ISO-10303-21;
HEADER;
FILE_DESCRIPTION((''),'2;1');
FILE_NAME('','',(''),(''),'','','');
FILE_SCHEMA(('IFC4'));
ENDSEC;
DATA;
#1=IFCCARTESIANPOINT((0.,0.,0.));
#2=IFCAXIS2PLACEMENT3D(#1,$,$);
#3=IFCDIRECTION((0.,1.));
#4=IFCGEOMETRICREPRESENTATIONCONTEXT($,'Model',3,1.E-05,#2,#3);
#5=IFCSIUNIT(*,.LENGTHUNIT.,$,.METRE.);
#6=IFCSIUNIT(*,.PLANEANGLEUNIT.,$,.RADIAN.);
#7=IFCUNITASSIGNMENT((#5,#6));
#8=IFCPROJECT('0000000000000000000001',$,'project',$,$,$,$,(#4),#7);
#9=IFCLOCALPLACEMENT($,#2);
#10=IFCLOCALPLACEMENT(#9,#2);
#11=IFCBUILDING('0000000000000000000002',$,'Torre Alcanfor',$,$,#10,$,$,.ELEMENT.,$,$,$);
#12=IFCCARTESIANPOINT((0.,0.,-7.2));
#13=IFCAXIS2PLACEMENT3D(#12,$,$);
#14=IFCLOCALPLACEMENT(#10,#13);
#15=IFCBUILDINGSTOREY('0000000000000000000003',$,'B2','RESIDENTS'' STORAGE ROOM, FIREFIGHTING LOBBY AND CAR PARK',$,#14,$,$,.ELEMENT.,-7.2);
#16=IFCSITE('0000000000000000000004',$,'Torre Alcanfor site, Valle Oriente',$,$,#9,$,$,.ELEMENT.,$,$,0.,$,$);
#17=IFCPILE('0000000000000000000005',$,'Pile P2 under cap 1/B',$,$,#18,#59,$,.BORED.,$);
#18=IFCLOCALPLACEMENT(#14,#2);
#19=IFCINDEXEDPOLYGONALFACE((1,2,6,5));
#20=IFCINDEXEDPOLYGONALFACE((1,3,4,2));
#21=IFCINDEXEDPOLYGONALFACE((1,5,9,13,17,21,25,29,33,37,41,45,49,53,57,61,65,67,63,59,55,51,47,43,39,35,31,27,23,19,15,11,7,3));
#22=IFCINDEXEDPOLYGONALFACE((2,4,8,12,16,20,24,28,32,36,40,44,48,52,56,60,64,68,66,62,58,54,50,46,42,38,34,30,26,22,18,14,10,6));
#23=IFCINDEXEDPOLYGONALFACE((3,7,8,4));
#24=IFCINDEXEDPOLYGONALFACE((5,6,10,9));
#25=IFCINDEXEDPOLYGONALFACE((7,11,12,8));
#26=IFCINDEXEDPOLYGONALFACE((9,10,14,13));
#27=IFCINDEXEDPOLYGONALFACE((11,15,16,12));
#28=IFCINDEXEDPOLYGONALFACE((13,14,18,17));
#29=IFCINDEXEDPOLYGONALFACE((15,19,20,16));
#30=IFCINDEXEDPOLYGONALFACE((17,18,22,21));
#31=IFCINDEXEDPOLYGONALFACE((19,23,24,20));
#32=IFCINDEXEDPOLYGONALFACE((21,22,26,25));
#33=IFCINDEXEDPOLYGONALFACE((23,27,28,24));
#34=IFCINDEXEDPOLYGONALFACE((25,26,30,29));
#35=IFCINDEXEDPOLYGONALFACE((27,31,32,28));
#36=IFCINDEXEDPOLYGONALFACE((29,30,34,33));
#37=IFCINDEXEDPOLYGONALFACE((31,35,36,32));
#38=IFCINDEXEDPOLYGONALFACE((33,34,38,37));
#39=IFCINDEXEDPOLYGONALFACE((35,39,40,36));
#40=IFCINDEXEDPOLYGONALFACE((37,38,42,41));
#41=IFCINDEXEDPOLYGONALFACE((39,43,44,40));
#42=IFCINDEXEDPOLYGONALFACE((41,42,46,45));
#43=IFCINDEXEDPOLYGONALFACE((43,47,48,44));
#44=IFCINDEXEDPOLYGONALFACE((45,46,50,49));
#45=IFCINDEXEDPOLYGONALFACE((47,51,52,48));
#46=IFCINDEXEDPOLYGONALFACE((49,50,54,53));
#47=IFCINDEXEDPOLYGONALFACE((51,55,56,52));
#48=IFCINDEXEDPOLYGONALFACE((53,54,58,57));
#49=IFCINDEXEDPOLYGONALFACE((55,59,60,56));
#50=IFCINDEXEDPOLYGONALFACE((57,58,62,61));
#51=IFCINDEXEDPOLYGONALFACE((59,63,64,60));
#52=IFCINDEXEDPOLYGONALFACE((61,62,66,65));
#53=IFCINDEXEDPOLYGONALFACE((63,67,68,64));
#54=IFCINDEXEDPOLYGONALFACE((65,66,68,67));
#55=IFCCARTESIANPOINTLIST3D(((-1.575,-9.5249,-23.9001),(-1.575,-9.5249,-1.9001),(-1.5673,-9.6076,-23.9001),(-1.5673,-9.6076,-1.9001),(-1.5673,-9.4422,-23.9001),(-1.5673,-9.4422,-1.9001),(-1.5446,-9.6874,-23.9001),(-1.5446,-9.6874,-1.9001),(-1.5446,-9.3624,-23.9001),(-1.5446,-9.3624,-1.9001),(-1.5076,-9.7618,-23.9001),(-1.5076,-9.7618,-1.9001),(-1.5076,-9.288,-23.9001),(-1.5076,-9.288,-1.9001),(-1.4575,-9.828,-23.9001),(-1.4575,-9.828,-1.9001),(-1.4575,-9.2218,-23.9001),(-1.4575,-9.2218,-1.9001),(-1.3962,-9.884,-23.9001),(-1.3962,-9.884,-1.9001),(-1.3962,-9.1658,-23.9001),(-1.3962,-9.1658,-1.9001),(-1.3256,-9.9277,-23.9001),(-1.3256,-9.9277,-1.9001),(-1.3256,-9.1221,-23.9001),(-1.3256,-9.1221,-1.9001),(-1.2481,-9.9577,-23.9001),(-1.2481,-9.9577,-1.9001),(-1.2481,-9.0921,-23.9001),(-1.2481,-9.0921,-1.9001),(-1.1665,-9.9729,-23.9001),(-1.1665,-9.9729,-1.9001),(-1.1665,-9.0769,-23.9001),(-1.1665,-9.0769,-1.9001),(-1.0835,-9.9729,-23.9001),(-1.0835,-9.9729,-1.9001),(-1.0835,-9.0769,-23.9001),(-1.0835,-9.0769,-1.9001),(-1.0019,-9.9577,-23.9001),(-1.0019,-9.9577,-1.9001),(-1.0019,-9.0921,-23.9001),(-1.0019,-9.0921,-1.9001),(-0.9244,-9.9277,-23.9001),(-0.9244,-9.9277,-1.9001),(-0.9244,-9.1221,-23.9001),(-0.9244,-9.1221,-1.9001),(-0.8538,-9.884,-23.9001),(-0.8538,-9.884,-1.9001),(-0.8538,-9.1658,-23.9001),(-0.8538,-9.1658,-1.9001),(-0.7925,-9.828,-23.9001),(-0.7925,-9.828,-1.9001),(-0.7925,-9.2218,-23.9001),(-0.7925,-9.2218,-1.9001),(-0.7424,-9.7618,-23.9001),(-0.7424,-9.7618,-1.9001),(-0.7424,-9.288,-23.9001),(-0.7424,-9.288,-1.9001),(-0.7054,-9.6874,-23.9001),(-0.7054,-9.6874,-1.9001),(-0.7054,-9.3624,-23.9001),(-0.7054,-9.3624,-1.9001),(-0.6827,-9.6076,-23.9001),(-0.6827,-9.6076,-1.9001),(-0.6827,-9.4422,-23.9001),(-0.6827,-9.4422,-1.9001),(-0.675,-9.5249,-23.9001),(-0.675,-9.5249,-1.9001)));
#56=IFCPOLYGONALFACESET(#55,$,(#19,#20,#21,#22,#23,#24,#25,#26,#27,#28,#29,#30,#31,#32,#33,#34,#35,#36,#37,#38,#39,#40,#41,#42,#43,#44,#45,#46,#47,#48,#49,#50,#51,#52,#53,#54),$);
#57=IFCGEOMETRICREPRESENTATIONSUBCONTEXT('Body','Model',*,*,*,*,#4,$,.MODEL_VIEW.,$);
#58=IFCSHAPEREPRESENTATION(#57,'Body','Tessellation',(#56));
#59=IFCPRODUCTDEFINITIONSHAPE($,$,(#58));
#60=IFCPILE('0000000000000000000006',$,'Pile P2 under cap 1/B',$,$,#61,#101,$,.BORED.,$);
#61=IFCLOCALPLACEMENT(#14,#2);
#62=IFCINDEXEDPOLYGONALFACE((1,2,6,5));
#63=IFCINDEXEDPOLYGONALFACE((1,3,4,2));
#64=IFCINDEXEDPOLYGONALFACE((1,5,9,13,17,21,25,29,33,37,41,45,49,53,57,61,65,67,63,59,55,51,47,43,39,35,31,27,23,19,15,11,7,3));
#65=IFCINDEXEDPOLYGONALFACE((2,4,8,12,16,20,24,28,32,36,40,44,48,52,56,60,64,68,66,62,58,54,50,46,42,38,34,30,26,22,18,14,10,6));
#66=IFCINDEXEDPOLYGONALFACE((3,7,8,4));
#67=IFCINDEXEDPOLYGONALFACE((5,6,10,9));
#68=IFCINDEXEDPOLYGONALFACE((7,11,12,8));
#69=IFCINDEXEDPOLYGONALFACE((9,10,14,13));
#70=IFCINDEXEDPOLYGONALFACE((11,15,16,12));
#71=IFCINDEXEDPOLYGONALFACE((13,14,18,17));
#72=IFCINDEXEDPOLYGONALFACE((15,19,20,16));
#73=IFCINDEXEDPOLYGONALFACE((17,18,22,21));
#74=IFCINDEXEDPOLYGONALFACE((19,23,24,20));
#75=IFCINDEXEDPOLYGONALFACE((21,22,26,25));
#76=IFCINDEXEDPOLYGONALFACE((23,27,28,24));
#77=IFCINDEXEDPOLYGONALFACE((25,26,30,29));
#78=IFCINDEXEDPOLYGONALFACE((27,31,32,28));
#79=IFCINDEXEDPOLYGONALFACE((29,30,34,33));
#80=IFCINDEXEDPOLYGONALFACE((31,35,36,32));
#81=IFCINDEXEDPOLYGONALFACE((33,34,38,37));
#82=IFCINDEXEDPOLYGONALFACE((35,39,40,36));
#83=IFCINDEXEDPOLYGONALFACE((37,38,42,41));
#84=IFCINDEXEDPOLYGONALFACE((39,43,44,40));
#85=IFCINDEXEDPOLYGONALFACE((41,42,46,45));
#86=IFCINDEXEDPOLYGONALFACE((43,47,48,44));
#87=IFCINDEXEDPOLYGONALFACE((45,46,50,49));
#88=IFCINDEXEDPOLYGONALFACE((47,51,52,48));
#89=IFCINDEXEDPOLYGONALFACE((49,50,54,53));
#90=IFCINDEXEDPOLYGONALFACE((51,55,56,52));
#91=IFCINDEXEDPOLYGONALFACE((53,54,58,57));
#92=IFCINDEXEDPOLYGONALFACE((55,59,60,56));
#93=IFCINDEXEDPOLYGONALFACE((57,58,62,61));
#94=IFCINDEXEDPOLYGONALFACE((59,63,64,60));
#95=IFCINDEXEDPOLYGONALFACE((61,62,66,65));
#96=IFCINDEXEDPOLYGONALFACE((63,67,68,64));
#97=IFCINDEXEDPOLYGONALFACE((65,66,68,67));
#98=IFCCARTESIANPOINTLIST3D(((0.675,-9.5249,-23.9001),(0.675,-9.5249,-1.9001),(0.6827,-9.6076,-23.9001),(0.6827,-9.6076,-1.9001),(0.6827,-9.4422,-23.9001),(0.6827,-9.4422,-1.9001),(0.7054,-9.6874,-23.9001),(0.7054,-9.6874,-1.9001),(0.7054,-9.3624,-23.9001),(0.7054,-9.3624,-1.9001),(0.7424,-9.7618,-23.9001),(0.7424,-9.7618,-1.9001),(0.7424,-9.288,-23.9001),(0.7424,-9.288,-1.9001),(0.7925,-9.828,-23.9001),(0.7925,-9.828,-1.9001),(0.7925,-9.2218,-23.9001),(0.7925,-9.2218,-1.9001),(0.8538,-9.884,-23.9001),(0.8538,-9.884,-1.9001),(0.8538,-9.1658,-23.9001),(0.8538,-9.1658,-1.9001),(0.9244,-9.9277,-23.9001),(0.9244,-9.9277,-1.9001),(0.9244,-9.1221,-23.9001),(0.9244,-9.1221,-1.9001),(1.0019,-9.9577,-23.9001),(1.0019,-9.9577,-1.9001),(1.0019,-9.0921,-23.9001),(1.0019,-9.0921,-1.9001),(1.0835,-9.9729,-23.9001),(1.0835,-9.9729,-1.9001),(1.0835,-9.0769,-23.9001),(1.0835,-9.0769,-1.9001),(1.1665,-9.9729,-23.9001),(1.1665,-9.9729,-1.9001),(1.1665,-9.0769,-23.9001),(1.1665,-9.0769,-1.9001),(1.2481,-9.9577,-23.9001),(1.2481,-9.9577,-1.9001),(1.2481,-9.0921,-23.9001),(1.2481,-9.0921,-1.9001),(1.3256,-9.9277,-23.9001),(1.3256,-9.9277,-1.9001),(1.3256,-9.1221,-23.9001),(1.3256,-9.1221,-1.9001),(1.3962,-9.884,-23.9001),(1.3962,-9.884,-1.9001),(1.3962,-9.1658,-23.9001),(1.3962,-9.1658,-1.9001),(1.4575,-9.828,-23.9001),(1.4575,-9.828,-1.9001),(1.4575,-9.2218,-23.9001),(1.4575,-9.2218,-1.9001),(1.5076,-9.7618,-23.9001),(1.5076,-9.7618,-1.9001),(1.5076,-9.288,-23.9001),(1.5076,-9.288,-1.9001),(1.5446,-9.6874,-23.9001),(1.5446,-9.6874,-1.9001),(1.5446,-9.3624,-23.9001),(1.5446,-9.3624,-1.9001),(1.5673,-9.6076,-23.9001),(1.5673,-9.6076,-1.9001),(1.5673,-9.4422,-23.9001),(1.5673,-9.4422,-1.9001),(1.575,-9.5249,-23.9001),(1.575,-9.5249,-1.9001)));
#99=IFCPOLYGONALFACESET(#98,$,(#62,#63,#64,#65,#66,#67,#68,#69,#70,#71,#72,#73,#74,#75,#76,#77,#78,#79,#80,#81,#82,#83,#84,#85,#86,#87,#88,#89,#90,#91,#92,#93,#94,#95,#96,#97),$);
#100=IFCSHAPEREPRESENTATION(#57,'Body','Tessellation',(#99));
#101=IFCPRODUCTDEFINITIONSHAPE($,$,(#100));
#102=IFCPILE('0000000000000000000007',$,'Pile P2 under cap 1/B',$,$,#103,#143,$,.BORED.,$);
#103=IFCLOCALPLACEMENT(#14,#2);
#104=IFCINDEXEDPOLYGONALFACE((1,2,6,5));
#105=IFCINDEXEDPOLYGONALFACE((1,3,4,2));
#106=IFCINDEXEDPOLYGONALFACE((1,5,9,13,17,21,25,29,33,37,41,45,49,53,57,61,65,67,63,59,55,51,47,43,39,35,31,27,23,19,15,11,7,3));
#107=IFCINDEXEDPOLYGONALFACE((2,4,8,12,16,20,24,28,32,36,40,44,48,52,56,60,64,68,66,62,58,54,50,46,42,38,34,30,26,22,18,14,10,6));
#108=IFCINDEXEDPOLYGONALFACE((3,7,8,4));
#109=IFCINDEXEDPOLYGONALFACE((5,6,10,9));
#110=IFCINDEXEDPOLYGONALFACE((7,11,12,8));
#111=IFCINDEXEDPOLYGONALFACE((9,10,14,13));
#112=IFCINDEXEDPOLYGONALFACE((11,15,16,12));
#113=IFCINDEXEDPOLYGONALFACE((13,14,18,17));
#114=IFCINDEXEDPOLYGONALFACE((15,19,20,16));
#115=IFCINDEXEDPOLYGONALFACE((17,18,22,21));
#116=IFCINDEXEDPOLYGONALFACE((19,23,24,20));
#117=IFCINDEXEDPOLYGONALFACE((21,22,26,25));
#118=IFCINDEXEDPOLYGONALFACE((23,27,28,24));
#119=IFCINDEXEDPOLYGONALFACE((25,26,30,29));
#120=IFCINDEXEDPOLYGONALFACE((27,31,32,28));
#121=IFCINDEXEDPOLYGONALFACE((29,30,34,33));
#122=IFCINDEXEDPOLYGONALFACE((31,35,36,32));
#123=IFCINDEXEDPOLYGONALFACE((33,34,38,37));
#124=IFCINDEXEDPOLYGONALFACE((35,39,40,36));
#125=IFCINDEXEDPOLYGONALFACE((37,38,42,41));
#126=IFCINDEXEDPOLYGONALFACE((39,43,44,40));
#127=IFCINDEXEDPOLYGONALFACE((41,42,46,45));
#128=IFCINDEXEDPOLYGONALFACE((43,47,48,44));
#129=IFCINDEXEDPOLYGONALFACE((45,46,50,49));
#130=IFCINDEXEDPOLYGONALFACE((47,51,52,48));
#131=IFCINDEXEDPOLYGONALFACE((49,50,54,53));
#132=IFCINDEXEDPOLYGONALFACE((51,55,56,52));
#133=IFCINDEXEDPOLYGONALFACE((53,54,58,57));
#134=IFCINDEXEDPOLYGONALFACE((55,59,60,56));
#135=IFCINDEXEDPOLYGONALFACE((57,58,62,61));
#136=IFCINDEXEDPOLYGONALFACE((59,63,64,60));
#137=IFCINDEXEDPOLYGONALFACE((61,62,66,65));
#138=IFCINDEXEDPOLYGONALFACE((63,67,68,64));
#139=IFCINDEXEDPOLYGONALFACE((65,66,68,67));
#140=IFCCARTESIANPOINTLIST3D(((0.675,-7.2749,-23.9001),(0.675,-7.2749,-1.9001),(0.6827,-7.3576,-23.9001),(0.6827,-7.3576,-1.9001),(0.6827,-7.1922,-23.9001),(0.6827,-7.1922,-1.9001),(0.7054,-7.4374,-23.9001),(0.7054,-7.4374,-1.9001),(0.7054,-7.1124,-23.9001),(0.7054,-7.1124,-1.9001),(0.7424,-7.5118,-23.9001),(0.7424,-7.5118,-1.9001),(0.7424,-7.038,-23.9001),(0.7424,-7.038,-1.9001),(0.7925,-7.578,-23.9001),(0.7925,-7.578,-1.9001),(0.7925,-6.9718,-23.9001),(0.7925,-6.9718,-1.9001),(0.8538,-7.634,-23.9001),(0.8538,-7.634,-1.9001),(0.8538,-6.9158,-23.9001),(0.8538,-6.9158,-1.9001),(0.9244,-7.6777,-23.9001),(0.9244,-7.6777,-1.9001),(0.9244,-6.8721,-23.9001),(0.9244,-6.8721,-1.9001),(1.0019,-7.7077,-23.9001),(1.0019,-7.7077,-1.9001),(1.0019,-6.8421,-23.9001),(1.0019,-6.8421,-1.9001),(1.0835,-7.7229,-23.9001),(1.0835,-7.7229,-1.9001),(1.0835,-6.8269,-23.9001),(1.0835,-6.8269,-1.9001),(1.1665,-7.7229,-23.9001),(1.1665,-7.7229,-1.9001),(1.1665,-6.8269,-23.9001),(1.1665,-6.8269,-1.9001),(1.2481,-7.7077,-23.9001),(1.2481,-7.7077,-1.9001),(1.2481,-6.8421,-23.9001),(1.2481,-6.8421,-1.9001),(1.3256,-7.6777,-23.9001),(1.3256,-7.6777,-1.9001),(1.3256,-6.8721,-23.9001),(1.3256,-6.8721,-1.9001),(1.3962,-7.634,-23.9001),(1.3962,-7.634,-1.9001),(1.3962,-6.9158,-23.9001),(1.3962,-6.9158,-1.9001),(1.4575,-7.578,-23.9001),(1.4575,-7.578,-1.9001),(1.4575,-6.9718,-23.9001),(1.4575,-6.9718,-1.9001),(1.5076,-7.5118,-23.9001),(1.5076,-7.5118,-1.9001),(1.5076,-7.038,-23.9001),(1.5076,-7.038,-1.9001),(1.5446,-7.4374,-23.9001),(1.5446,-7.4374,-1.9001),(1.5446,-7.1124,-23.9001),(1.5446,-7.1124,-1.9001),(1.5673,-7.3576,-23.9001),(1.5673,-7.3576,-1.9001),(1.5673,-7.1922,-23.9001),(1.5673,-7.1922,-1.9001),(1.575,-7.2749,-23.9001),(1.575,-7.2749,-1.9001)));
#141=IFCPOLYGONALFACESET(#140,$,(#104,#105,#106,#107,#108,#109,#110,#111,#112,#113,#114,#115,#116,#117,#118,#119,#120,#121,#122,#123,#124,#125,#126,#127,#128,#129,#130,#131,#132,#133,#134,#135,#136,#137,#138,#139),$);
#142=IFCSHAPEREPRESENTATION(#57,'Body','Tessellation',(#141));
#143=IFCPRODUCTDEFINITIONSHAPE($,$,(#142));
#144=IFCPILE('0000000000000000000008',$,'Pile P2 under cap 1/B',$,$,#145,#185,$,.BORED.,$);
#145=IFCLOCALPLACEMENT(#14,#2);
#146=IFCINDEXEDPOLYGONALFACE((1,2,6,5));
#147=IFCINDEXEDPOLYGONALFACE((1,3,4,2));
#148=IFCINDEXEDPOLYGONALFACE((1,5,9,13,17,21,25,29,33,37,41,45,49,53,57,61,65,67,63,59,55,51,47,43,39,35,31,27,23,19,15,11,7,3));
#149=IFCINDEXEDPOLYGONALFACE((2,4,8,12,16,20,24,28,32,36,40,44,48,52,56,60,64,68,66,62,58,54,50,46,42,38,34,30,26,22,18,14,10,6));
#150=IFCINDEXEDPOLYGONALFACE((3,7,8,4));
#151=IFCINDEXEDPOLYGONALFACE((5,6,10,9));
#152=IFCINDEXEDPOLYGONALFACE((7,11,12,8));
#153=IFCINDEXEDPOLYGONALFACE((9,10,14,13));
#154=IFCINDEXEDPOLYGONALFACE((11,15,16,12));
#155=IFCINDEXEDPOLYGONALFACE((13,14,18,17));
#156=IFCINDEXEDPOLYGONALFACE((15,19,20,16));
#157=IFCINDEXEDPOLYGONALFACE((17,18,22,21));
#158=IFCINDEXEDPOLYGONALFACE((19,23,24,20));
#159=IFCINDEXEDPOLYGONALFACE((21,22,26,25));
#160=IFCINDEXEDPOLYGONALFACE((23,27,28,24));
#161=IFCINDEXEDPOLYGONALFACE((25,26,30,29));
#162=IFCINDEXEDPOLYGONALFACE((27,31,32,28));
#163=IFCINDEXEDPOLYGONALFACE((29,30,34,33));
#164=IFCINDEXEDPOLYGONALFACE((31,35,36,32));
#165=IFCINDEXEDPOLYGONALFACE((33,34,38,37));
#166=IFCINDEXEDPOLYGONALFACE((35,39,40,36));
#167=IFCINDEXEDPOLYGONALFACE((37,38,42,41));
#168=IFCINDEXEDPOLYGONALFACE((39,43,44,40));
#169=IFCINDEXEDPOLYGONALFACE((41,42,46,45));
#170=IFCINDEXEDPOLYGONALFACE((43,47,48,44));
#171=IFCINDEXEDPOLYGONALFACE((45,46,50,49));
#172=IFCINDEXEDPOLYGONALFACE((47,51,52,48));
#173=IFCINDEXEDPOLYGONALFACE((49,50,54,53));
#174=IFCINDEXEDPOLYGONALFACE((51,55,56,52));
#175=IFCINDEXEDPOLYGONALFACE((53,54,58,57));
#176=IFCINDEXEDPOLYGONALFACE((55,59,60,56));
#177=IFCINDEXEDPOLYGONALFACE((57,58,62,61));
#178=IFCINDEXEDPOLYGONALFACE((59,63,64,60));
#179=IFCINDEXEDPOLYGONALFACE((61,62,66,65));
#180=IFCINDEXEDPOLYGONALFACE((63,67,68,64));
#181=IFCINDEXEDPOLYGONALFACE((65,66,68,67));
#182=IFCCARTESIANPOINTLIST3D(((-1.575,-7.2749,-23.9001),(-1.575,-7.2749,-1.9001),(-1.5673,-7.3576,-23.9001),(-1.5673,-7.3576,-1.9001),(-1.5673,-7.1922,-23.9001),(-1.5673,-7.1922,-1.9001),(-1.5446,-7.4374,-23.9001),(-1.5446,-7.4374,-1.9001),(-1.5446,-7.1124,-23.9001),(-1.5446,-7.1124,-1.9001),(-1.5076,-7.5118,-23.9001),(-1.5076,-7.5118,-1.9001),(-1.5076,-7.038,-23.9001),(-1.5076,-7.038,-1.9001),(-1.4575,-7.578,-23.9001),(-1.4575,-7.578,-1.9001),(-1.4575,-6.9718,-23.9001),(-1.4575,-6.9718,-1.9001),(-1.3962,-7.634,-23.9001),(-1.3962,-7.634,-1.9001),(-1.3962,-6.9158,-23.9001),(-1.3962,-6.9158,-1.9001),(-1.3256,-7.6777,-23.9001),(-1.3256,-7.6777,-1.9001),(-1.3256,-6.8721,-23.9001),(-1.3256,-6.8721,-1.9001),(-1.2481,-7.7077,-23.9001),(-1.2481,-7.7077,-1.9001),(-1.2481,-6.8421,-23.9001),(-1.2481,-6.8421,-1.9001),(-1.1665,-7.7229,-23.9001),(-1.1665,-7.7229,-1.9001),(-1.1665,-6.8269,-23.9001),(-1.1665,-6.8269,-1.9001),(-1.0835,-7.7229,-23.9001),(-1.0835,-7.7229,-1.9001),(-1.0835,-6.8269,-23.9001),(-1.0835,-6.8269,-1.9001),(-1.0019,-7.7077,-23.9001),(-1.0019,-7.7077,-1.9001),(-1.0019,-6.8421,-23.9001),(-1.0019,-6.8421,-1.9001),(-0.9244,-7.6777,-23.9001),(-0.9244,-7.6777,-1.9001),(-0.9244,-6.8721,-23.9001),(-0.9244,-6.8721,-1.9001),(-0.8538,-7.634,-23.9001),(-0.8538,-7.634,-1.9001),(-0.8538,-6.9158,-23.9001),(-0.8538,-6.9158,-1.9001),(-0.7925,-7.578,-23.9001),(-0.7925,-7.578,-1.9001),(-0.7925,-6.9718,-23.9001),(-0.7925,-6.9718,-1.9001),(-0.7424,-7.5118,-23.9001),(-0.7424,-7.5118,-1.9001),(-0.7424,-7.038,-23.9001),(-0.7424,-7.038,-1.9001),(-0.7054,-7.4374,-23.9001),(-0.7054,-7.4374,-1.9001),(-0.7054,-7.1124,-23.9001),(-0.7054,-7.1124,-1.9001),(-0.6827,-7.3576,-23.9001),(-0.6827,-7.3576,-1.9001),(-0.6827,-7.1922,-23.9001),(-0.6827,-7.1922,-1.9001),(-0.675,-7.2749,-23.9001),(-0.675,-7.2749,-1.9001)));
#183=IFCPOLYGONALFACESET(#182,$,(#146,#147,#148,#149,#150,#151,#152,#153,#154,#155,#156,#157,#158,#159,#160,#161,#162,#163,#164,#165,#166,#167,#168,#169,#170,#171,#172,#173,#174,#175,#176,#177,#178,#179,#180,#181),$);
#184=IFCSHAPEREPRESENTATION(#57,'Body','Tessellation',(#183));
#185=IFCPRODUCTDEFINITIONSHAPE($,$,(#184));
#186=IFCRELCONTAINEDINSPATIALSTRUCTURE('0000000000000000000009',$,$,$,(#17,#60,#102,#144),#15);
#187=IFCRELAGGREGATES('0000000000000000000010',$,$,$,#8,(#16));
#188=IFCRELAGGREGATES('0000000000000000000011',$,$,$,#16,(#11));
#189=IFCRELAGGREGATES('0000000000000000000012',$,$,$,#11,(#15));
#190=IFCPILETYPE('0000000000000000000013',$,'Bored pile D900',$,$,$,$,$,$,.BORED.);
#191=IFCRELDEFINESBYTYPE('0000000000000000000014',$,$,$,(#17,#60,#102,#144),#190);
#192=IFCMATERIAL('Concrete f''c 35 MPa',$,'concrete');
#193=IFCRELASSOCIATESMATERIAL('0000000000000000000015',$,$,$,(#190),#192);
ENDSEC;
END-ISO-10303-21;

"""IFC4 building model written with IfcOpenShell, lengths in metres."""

from ifc_helpers import new_model, si_unit, direction, frame, origin, origin_2d, place, context, subcontext, project, spatial, circle, extrude, material, material_profile, profile_set, type_object, element, save


model = new_model("IFC4")

# Units and contexts
model_context = context("Model", 3, precision=1e-05, world=origin(), true_north=direction((0.0, 1.0)))
body_context = subcontext(model_context, "Body", "Model", "MODEL_VIEW")
ifc_project = project(units=[si_unit("LENGTHUNIT", "METRE"), si_unit("PLANEANGLEUNIT", "RADIAN")], contexts=[model_context])

# Site, building, storey
site_placement = place(None, origin())
site = spatial("IfcSite", under=ifc_project, at=site_placement, Name="Torre Alcanfor site, Valle Oriente", CompositionType="ELEMENT", RefElevation=0.0)
building_placement = place(site_placement, origin())
building = spatial("IfcBuilding", under=site, at=building_placement, Name="Torre Alcanfor", CompositionType="ELEMENT")
storey_placement = place(building_placement, frame((0.0, 0.0, -7.2)))
storey = spatial("IfcBuildingStorey", under=building, at=storey_placement, Name="B2", Description="RESIDENTS' STORAGE ROOM, FIREFIGHTING LOBBY AND CAR PARK", CompositionType="ELEMENT", Elevation=-7.2)

# Piles
ifc_material_1 = material(Name="Concrete f'c 35 MPa", Category="concrete")
ifc_material_profile_1 = material_profile(ifc_material_1, circle(Radius=0.45, at=origin_2d()), Name="D900")
ifc_profile_set_1 = profile_set([ifc_material_profile_1], Name="Concrete f'c 35 MPa")
pile_type = type_object("IfcPileType", Name="Bored pile D900", PredefinedType="BORED", material=ifc_profile_set_1)
for number, where, z_axis, x_axis, name in (
    (1, (-1.125, -9.5249, -1.9001), (0.0, 0.0, -1.0), (1.0, 0.0, 0.0), "Pile P2 under cap 1/B"),
    (2, (1.125, -9.5249, -1.9001), (0.0, 0.0, -1.0), (1.0, 0.0, 0.0), "Pile P2 under cap 1/B"),
    (3, (1.125, -7.2749, -1.9001), (0.0, 0.0, -1.0), (1.0, 0.0, 0.0), "Pile P2 under cap 1/B"),
    (4, (-1.125, -7.2749, -1.9001), (0.0, 0.0, -1.0), (1.0, 0.0, 0.0), "Pile P2 under cap 1/B"),
):
    element("IfcPile", number, at=place(storey_placement, frame(where, z_axis=z_axis, x_axis=x_axis)), inside=storey, type_object=pile_type, Name=name, PredefinedType="BORED", context=body_context, shape_type="SweptSolid", body=[
        extrude(circle(Radius=0.45, at=origin_2d()), origin(), (0.0, 0.0, 1.0), 22.0),
    ])

save(model, "model.ifc")
